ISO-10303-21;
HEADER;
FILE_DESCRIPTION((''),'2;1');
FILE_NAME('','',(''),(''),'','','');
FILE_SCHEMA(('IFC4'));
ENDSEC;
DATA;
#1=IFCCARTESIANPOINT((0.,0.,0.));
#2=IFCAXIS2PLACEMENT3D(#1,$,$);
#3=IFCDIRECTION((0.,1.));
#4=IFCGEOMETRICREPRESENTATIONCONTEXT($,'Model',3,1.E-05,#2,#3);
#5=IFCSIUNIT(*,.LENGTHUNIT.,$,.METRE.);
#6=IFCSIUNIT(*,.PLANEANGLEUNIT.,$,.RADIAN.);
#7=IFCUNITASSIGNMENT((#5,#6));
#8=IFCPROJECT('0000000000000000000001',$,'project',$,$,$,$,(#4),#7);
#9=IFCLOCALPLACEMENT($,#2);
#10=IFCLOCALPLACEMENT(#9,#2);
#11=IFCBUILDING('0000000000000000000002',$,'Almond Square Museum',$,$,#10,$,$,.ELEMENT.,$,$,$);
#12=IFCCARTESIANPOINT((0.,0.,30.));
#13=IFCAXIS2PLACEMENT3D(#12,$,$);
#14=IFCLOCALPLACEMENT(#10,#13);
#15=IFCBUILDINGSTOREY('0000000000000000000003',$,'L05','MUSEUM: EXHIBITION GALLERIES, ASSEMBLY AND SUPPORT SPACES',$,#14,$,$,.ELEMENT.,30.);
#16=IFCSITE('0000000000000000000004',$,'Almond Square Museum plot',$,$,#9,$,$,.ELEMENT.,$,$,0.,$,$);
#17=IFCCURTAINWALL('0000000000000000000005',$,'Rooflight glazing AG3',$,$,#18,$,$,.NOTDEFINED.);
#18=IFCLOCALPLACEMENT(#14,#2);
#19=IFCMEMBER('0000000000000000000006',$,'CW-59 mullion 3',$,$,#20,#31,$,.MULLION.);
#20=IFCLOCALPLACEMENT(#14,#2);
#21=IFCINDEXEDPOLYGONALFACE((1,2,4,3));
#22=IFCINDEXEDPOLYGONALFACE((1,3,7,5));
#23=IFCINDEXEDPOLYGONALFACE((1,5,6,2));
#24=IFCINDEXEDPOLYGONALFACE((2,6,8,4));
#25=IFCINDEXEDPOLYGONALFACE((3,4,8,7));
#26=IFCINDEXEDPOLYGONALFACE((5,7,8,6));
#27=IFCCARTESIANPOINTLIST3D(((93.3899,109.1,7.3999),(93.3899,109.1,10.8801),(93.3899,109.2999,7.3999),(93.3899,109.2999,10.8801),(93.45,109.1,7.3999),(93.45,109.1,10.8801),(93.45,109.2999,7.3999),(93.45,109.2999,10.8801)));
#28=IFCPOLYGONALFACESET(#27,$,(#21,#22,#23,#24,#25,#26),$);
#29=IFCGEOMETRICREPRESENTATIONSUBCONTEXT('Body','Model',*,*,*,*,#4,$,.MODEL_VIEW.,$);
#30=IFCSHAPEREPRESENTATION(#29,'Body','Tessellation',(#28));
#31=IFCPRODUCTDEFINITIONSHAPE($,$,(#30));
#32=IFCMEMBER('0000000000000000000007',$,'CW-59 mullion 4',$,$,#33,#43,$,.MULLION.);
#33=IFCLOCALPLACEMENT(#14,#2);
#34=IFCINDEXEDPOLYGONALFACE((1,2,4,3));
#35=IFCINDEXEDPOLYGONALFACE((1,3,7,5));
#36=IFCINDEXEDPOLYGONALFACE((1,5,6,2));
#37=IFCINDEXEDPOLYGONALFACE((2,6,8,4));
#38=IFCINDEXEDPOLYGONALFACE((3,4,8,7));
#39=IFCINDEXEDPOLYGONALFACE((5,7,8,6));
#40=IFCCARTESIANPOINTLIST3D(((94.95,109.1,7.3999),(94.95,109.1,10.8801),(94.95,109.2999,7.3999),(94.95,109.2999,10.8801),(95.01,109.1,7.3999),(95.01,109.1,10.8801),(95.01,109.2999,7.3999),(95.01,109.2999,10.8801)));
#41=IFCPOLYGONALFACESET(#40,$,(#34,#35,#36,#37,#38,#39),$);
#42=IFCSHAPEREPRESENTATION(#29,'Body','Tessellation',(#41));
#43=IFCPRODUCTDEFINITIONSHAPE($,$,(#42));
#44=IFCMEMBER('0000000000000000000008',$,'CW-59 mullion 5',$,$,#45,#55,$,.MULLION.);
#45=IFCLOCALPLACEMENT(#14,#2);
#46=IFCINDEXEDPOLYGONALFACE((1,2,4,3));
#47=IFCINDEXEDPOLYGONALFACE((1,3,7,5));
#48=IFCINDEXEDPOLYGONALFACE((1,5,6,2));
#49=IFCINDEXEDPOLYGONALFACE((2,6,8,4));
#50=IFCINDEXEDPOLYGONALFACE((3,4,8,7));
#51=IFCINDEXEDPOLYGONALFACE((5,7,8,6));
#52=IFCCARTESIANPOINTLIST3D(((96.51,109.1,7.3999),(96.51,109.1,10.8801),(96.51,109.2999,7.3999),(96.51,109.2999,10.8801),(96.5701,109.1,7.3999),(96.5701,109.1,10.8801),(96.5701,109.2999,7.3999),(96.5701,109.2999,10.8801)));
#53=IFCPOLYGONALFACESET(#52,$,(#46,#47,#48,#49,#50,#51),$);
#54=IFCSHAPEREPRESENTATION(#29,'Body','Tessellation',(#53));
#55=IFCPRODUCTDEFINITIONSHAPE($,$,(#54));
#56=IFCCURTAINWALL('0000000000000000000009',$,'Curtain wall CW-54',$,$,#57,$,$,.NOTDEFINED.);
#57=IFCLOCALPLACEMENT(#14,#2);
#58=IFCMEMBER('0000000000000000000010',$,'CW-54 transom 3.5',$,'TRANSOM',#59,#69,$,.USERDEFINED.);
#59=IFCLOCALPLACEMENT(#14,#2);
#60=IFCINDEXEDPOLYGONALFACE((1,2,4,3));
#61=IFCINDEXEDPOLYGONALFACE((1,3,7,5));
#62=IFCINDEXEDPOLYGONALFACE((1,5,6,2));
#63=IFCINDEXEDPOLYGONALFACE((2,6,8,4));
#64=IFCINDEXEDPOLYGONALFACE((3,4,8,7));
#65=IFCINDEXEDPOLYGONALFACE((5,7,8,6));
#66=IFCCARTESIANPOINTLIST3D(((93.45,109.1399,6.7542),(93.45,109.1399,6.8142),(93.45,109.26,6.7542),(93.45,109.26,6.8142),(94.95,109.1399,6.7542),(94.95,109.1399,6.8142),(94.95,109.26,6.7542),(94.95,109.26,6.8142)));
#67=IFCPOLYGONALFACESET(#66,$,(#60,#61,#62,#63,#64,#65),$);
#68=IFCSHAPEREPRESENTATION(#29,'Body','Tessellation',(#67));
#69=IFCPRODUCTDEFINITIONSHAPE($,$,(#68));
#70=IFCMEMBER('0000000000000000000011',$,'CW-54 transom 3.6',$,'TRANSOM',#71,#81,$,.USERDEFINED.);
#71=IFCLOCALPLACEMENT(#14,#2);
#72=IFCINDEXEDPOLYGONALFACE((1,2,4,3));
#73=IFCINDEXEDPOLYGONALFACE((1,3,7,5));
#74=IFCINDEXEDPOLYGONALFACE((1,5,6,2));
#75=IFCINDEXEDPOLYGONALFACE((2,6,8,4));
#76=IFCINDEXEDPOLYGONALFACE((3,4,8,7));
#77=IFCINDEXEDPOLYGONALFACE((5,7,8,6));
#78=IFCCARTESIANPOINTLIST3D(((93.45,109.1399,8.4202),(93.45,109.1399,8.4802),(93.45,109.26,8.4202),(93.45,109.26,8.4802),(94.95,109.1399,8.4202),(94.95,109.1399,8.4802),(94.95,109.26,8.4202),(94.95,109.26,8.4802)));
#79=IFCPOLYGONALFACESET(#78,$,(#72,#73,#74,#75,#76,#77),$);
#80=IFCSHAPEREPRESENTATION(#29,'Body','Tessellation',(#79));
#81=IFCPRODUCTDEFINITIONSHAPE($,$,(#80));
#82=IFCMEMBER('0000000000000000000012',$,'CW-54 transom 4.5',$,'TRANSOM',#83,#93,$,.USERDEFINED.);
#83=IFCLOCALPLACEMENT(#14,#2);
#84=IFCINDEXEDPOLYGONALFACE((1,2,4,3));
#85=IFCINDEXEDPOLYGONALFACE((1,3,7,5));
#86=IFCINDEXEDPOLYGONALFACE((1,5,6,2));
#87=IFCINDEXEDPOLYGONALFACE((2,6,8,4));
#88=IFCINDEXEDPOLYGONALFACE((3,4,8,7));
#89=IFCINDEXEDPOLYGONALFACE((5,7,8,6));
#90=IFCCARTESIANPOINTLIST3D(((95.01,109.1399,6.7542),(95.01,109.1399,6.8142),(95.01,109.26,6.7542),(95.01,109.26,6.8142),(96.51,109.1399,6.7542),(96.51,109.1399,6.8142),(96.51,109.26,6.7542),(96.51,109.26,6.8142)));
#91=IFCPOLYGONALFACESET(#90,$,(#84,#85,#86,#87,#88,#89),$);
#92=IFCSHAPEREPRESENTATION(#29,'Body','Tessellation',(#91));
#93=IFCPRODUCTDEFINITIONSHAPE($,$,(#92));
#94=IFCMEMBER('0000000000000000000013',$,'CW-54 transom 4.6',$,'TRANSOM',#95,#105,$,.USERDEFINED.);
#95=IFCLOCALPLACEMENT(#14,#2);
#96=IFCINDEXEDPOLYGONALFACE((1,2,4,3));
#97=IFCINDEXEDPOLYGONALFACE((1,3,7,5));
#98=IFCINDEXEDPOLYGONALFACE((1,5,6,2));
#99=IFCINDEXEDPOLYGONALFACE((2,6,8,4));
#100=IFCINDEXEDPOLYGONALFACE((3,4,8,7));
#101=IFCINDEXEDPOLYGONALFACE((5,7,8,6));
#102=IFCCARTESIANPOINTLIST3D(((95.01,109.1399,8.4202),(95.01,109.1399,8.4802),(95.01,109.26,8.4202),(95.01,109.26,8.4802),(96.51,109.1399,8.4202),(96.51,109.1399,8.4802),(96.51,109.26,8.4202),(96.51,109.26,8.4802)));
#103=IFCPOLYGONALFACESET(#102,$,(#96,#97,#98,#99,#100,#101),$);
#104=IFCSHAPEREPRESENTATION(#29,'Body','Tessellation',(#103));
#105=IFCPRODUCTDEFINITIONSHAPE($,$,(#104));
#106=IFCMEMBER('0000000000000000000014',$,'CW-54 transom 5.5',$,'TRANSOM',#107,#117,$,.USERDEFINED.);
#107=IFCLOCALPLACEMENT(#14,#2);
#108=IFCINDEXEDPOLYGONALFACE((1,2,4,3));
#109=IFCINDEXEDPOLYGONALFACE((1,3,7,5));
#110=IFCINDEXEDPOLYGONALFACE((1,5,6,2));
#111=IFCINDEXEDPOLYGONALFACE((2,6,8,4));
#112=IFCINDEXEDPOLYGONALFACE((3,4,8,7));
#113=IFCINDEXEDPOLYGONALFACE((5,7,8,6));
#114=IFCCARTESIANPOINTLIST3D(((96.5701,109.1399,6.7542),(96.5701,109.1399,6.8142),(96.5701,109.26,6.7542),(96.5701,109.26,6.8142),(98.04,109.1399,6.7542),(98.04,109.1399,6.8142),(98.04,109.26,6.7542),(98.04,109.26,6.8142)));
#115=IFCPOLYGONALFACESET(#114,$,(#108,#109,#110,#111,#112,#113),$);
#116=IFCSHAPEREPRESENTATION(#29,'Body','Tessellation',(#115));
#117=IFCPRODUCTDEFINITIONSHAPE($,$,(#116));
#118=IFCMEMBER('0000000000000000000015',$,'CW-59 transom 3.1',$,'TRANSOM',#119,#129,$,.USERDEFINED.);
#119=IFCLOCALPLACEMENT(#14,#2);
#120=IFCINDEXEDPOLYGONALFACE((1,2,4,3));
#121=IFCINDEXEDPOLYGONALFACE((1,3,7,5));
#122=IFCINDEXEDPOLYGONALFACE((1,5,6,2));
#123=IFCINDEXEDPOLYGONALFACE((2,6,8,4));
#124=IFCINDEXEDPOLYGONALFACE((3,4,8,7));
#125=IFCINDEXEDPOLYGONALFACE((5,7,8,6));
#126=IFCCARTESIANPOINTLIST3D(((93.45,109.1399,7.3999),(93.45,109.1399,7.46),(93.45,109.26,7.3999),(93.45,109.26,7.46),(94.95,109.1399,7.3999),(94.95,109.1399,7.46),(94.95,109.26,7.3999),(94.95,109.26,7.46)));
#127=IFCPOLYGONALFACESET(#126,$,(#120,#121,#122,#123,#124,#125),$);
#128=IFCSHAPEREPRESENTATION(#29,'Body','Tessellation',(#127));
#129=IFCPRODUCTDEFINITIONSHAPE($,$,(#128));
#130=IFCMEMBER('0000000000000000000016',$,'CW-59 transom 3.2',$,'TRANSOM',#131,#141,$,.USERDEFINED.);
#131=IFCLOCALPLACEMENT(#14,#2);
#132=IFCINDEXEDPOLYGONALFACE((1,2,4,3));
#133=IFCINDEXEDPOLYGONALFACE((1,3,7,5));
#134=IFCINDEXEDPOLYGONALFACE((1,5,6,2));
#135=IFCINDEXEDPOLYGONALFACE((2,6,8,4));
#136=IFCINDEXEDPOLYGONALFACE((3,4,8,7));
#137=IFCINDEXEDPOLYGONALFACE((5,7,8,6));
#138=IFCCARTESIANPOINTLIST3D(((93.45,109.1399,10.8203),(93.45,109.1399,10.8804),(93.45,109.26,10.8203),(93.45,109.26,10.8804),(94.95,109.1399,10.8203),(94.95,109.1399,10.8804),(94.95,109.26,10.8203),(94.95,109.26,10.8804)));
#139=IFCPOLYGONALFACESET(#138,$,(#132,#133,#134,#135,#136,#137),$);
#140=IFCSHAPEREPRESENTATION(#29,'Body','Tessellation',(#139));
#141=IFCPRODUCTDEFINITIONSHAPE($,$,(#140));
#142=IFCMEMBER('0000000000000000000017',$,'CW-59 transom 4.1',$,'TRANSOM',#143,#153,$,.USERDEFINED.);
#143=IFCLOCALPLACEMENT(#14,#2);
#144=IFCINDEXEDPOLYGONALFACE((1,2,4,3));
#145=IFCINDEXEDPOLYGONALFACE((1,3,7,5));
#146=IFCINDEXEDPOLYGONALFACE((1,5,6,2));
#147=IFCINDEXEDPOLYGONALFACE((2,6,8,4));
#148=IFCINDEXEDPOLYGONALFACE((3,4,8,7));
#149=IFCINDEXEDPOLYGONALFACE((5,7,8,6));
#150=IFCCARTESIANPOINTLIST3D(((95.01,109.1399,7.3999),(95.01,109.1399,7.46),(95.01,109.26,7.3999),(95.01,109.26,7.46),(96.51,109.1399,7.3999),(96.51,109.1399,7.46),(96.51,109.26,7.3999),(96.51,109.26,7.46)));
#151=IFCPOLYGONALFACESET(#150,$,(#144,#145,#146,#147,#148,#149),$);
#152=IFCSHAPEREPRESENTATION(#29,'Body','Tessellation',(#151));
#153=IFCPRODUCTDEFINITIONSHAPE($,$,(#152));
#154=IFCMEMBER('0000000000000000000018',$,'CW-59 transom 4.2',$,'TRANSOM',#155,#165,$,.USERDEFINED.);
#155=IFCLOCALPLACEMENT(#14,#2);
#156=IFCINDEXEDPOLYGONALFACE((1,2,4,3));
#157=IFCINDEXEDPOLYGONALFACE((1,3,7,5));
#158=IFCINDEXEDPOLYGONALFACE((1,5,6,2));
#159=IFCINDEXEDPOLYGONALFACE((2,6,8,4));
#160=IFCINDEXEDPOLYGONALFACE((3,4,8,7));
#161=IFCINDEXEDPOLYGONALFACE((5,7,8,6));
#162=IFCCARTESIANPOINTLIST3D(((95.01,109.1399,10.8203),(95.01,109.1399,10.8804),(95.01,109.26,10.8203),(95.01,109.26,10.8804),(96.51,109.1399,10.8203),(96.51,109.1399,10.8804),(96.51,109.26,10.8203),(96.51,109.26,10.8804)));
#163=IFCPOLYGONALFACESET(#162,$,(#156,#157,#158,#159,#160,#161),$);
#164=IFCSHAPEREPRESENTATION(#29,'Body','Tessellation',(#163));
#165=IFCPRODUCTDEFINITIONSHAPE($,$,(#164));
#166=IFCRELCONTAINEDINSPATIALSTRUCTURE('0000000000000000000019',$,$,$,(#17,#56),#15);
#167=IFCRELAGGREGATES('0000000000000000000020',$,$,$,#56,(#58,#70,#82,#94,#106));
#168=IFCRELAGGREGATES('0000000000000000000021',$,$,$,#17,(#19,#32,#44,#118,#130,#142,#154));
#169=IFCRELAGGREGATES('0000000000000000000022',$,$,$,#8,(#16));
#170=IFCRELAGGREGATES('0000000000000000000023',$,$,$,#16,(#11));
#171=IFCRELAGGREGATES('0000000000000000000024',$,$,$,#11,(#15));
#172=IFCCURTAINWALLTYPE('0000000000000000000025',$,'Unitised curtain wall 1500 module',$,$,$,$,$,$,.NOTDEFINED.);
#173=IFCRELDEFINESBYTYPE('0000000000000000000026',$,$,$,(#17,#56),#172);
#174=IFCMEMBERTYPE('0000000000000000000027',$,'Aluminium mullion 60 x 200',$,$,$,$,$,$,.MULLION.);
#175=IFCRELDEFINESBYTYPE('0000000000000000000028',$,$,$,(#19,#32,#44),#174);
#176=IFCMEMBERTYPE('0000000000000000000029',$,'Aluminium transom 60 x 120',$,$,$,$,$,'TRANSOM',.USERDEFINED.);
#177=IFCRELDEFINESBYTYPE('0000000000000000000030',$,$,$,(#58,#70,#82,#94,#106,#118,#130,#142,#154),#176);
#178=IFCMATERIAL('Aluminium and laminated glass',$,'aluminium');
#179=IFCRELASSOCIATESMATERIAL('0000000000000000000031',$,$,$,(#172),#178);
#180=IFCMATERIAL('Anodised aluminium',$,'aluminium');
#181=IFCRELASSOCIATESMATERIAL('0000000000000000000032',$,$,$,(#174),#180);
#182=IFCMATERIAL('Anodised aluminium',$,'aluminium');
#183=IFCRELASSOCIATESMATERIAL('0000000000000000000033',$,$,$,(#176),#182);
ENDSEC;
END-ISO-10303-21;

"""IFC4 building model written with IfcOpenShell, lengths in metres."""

from ifc_helpers import new_model, si_unit, direction, frame, origin, origin_2d, place, context, subcontext, project, spatial, rectangle, extrude, material, material_profile, profile_set, type_object, element, aggregate, save


model = new_model("IFC4")

# Units and contexts
model_context = context("Model", 3, precision=1e-05, world=origin(), true_north=direction((0.0, 1.0)))
body_context = subcontext(model_context, "Body", "Model", "MODEL_VIEW")
ifc_project = project(units=[si_unit("LENGTHUNIT", "METRE"), si_unit("PLANEANGLEUNIT", "RADIAN")], contexts=[model_context])

# Site, building, storey
site_placement = place(None, origin())
site = spatial("IfcSite", under=ifc_project, at=site_placement, Name="Almond Square Museum plot", CompositionType="ELEMENT", RefElevation=0.0)
building_placement = place(site_placement, origin())
building = spatial("IfcBuilding", under=site, at=building_placement, Name="Almond Square Museum", CompositionType="ELEMENT")
storey_placement = place(building_placement, frame((0.0, 0.0, 30.0)))
storey = spatial("IfcBuildingStorey", under=building, at=storey_placement, Name="L05", Description="MUSEUM: EXHIBITION GALLERIES, ASSEMBLY AND SUPPORT SPACES", CompositionType="ELEMENT", Elevation=30.0)

# Curtain walls, members
ifc_material_1 = material(Name="Aluminium and laminated glass", Category="aluminium")
curtain_wall_type = type_object("IfcCurtainWallType", Name="Unitised curtain wall 1500 module", PredefinedType="NOTDEFINED", material=ifc_material_1)
curtain_wall_1_placement = place(storey_placement, origin())
curtain_wall_1 = element("IfcCurtainWall", 1, at=curtain_wall_1_placement, inside=storey, type_object=curtain_wall_type, Name="Rooflight glazing AG3", PredefinedType="NOTDEFINED")
ifc_material_2 = material(Name="Anodised aluminium", Category="aluminium")
ifc_material_profile_1 = material_profile(ifc_material_2, rectangle(XDim=0.2, YDim=0.0601, at=origin_2d()))
ifc_profile_set_1 = profile_set([ifc_material_profile_1], Name="Anodised aluminium")
member_type_1 = type_object("IfcMemberType", Name="Aluminium mullion 60 x 200", PredefinedType="MULLION", material=ifc_profile_set_1)
member_1_placement = place(storey_placement, frame((93.4199, 109.2, 7.3999), z_axis=(0.0, 0.0, 1.0), x_axis=(0.0, 1.0, 0.0)))
member_1 = element("IfcMember", 2, at=member_1_placement, type_object=member_type_1, Name="CW-59 mullion 3", PredefinedType="MULLION", context=body_context, shape_type="SweptSolid", body=[
    extrude(rectangle(XDim=0.2, YDim=0.0601, at=origin_2d()), origin(), (0.0, 0.0, 1.0), 3.4802),
])
member_2_placement = place(storey_placement, frame((94.98, 109.2, 7.3999), z_axis=(0.0, 0.0, 1.0), x_axis=(0.0, 1.0, 0.0)))
member_2 = element("IfcMember", 3, at=member_2_placement, type_object=member_type_1, Name="CW-59 mullion 4", PredefinedType="MULLION", context=body_context, shape_type="SweptSolid", body=[
    extrude(rectangle(XDim=0.2, YDim=0.0601, at=origin_2d()), origin(), (0.0, 0.0, 1.0), 3.4802),
])
member_3_placement = place(storey_placement, frame((96.54, 109.2, 7.3999), z_axis=(0.0, 0.0, 1.0), x_axis=(0.0, 1.0, 0.0)))
member_3 = element("IfcMember", 4, at=member_3_placement, type_object=member_type_1, Name="CW-59 mullion 5", PredefinedType="MULLION", context=body_context, shape_type="SweptSolid", body=[
    extrude(rectangle(XDim=0.2, YDim=0.0601, at=origin_2d()), origin(), (0.0, 0.0, 1.0), 3.4802),
])
curtain_wall_2_placement = place(storey_placement, origin())
curtain_wall_2 = element("IfcCurtainWall", 5, at=curtain_wall_2_placement, inside=storey, type_object=curtain_wall_type, Name="Curtain wall CW-54", PredefinedType="NOTDEFINED")
ifc_material_3 = material(Name="Anodised aluminium", Category="aluminium")
ifc_material_profile_2 = material_profile(ifc_material_3, rectangle(XDim=0.1201, YDim=0.0601, at=origin_2d()))
ifc_profile_set_2 = profile_set([ifc_material_profile_2], Name="Anodised aluminium")
member_type_2 = type_object("IfcMemberType", Name="Aluminium transom 60 x 120", ElementType="TRANSOM", PredefinedType="USERDEFINED", material=ifc_profile_set_2)
member_4_placement = place(storey_placement, frame((93.45, 109.2, 6.7842), z_axis=(1.0, 0.0, 0.0), x_axis=(0.0, 1.0, 0.0)))
member_4 = element("IfcMember", 6, at=member_4_placement, type_object=member_type_2, Name="CW-54 transom 3.5", ObjectType="TRANSOM", PredefinedType="USERDEFINED", context=body_context, shape_type="SweptSolid", body=[
    extrude(rectangle(XDim=0.1201, YDim=0.0601, at=origin_2d()), origin(), (0.0, 0.0, 1.0), 1.5),
])
member_5_placement = place(storey_placement, frame((93.45, 109.2, 8.4502), z_axis=(1.0, 0.0, 0.0), x_axis=(0.0, 1.0, 0.0)))
member_5 = element("IfcMember", 7, at=member_5_placement, type_object=member_type_2, Name="CW-54 transom 3.6", ObjectType="TRANSOM", PredefinedType="USERDEFINED", context=body_context, shape_type="SweptSolid", body=[
    extrude(rectangle(XDim=0.1201, YDim=0.0601, at=origin_2d()), origin(), (0.0, 0.0, 1.0), 1.5),
])
member_6_placement = place(storey_placement, frame((95.01, 109.2, 6.7842), z_axis=(1.0, 0.0, 0.0), x_axis=(0.0, 1.0, 0.0)))
member_6 = element("IfcMember", 8, at=member_6_placement, type_object=member_type_2, Name="CW-54 transom 4.5", ObjectType="TRANSOM", PredefinedType="USERDEFINED", context=body_context, shape_type="SweptSolid", body=[
    extrude(rectangle(XDim=0.1201, YDim=0.0601, at=origin_2d()), origin(), (0.0, 0.0, 1.0), 1.5),
])
member_7_placement = place(storey_placement, frame((95.01, 109.2, 8.4502), z_axis=(1.0, 0.0, 0.0), x_axis=(0.0, 1.0, 0.0)))
member_7 = element("IfcMember", 9, at=member_7_placement, type_object=member_type_2, Name="CW-54 transom 4.6", ObjectType="TRANSOM", PredefinedType="USERDEFINED", context=body_context, shape_type="SweptSolid", body=[
    extrude(rectangle(XDim=0.1201, YDim=0.0601, at=origin_2d()), origin(), (0.0, 0.0, 1.0), 1.5),
])
member_8_placement = place(storey_placement, frame((96.5701, 109.2, 6.7842), z_axis=(1.0, 0.0, 0.0), x_axis=(0.0, 1.0, 0.0)))
member_8 = element("IfcMember", 10, at=member_8_placement, type_object=member_type_2, Name="CW-54 transom 5.5", ObjectType="TRANSOM", PredefinedType="USERDEFINED", context=body_context, shape_type="SweptSolid", body=[
    extrude(rectangle(XDim=0.1201, YDim=0.0601, at=origin_2d()), origin(), (0.0, 0.0, 1.0), 1.47),
])

# Members
member_9_placement = place(storey_placement, frame((93.45, 109.2, 7.4299), z_axis=(1.0, 0.0, 0.0), x_axis=(0.0, 1.0, 0.0)))
member_9 = element("IfcMember", 11, at=member_9_placement, type_object=member_type_2, Name="CW-59 transom 3.1", ObjectType="TRANSOM", PredefinedType="USERDEFINED", context=body_context, shape_type="SweptSolid", body=[
    extrude(rectangle(XDim=0.1201, YDim=0.0601, at=origin_2d()), origin(), (0.0, 0.0, 1.0), 1.5),
])
member_10_placement = place(storey_placement, frame((93.45, 109.2, 10.8503), z_axis=(1.0, 0.0, 0.0), x_axis=(0.0, 1.0, 0.0)))
member_10 = element("IfcMember", 12, at=member_10_placement, type_object=member_type_2, Name="CW-59 transom 3.2", ObjectType="TRANSOM", PredefinedType="USERDEFINED", context=body_context, shape_type="SweptSolid", body=[
    extrude(rectangle(XDim=0.1201, YDim=0.0601, at=origin_2d()), origin(), (0.0, 0.0, 1.0), 1.5),
])
member_11_placement = place(storey_placement, frame((95.01, 109.2, 7.4299), z_axis=(1.0, 0.0, 0.0), x_axis=(0.0, 1.0, 0.0)))
member_11 = element("IfcMember", 13, at=member_11_placement, type_object=member_type_2, Name="CW-59 transom 4.1", ObjectType="TRANSOM", PredefinedType="USERDEFINED", context=body_context, shape_type="SweptSolid", body=[
    extrude(rectangle(XDim=0.1201, YDim=0.0601, at=origin_2d()), origin(), (0.0, 0.0, 1.0), 1.5),
])
member_12_placement = place(storey_placement, frame((95.01, 109.2, 10.8503), z_axis=(1.0, 0.0, 0.0), x_axis=(0.0, 1.0, 0.0)))
member_12 = element("IfcMember", 14, at=member_12_placement, type_object=member_type_2, Name="CW-59 transom 4.2", ObjectType="TRANSOM", PredefinedType="USERDEFINED", context=body_context, shape_type="SweptSolid", body=[
    extrude(rectangle(XDim=0.1201, YDim=0.0601, at=origin_2d()), origin(), (0.0, 0.0, 1.0), 1.5),
])

aggregate(curtain_wall_2, [member_4, member_5, member_6, member_7, member_8])
aggregate(curtain_wall_1, [member_1, member_2, member_3, member_9, member_10, member_11, member_12])

save(model, "model.ifc")
